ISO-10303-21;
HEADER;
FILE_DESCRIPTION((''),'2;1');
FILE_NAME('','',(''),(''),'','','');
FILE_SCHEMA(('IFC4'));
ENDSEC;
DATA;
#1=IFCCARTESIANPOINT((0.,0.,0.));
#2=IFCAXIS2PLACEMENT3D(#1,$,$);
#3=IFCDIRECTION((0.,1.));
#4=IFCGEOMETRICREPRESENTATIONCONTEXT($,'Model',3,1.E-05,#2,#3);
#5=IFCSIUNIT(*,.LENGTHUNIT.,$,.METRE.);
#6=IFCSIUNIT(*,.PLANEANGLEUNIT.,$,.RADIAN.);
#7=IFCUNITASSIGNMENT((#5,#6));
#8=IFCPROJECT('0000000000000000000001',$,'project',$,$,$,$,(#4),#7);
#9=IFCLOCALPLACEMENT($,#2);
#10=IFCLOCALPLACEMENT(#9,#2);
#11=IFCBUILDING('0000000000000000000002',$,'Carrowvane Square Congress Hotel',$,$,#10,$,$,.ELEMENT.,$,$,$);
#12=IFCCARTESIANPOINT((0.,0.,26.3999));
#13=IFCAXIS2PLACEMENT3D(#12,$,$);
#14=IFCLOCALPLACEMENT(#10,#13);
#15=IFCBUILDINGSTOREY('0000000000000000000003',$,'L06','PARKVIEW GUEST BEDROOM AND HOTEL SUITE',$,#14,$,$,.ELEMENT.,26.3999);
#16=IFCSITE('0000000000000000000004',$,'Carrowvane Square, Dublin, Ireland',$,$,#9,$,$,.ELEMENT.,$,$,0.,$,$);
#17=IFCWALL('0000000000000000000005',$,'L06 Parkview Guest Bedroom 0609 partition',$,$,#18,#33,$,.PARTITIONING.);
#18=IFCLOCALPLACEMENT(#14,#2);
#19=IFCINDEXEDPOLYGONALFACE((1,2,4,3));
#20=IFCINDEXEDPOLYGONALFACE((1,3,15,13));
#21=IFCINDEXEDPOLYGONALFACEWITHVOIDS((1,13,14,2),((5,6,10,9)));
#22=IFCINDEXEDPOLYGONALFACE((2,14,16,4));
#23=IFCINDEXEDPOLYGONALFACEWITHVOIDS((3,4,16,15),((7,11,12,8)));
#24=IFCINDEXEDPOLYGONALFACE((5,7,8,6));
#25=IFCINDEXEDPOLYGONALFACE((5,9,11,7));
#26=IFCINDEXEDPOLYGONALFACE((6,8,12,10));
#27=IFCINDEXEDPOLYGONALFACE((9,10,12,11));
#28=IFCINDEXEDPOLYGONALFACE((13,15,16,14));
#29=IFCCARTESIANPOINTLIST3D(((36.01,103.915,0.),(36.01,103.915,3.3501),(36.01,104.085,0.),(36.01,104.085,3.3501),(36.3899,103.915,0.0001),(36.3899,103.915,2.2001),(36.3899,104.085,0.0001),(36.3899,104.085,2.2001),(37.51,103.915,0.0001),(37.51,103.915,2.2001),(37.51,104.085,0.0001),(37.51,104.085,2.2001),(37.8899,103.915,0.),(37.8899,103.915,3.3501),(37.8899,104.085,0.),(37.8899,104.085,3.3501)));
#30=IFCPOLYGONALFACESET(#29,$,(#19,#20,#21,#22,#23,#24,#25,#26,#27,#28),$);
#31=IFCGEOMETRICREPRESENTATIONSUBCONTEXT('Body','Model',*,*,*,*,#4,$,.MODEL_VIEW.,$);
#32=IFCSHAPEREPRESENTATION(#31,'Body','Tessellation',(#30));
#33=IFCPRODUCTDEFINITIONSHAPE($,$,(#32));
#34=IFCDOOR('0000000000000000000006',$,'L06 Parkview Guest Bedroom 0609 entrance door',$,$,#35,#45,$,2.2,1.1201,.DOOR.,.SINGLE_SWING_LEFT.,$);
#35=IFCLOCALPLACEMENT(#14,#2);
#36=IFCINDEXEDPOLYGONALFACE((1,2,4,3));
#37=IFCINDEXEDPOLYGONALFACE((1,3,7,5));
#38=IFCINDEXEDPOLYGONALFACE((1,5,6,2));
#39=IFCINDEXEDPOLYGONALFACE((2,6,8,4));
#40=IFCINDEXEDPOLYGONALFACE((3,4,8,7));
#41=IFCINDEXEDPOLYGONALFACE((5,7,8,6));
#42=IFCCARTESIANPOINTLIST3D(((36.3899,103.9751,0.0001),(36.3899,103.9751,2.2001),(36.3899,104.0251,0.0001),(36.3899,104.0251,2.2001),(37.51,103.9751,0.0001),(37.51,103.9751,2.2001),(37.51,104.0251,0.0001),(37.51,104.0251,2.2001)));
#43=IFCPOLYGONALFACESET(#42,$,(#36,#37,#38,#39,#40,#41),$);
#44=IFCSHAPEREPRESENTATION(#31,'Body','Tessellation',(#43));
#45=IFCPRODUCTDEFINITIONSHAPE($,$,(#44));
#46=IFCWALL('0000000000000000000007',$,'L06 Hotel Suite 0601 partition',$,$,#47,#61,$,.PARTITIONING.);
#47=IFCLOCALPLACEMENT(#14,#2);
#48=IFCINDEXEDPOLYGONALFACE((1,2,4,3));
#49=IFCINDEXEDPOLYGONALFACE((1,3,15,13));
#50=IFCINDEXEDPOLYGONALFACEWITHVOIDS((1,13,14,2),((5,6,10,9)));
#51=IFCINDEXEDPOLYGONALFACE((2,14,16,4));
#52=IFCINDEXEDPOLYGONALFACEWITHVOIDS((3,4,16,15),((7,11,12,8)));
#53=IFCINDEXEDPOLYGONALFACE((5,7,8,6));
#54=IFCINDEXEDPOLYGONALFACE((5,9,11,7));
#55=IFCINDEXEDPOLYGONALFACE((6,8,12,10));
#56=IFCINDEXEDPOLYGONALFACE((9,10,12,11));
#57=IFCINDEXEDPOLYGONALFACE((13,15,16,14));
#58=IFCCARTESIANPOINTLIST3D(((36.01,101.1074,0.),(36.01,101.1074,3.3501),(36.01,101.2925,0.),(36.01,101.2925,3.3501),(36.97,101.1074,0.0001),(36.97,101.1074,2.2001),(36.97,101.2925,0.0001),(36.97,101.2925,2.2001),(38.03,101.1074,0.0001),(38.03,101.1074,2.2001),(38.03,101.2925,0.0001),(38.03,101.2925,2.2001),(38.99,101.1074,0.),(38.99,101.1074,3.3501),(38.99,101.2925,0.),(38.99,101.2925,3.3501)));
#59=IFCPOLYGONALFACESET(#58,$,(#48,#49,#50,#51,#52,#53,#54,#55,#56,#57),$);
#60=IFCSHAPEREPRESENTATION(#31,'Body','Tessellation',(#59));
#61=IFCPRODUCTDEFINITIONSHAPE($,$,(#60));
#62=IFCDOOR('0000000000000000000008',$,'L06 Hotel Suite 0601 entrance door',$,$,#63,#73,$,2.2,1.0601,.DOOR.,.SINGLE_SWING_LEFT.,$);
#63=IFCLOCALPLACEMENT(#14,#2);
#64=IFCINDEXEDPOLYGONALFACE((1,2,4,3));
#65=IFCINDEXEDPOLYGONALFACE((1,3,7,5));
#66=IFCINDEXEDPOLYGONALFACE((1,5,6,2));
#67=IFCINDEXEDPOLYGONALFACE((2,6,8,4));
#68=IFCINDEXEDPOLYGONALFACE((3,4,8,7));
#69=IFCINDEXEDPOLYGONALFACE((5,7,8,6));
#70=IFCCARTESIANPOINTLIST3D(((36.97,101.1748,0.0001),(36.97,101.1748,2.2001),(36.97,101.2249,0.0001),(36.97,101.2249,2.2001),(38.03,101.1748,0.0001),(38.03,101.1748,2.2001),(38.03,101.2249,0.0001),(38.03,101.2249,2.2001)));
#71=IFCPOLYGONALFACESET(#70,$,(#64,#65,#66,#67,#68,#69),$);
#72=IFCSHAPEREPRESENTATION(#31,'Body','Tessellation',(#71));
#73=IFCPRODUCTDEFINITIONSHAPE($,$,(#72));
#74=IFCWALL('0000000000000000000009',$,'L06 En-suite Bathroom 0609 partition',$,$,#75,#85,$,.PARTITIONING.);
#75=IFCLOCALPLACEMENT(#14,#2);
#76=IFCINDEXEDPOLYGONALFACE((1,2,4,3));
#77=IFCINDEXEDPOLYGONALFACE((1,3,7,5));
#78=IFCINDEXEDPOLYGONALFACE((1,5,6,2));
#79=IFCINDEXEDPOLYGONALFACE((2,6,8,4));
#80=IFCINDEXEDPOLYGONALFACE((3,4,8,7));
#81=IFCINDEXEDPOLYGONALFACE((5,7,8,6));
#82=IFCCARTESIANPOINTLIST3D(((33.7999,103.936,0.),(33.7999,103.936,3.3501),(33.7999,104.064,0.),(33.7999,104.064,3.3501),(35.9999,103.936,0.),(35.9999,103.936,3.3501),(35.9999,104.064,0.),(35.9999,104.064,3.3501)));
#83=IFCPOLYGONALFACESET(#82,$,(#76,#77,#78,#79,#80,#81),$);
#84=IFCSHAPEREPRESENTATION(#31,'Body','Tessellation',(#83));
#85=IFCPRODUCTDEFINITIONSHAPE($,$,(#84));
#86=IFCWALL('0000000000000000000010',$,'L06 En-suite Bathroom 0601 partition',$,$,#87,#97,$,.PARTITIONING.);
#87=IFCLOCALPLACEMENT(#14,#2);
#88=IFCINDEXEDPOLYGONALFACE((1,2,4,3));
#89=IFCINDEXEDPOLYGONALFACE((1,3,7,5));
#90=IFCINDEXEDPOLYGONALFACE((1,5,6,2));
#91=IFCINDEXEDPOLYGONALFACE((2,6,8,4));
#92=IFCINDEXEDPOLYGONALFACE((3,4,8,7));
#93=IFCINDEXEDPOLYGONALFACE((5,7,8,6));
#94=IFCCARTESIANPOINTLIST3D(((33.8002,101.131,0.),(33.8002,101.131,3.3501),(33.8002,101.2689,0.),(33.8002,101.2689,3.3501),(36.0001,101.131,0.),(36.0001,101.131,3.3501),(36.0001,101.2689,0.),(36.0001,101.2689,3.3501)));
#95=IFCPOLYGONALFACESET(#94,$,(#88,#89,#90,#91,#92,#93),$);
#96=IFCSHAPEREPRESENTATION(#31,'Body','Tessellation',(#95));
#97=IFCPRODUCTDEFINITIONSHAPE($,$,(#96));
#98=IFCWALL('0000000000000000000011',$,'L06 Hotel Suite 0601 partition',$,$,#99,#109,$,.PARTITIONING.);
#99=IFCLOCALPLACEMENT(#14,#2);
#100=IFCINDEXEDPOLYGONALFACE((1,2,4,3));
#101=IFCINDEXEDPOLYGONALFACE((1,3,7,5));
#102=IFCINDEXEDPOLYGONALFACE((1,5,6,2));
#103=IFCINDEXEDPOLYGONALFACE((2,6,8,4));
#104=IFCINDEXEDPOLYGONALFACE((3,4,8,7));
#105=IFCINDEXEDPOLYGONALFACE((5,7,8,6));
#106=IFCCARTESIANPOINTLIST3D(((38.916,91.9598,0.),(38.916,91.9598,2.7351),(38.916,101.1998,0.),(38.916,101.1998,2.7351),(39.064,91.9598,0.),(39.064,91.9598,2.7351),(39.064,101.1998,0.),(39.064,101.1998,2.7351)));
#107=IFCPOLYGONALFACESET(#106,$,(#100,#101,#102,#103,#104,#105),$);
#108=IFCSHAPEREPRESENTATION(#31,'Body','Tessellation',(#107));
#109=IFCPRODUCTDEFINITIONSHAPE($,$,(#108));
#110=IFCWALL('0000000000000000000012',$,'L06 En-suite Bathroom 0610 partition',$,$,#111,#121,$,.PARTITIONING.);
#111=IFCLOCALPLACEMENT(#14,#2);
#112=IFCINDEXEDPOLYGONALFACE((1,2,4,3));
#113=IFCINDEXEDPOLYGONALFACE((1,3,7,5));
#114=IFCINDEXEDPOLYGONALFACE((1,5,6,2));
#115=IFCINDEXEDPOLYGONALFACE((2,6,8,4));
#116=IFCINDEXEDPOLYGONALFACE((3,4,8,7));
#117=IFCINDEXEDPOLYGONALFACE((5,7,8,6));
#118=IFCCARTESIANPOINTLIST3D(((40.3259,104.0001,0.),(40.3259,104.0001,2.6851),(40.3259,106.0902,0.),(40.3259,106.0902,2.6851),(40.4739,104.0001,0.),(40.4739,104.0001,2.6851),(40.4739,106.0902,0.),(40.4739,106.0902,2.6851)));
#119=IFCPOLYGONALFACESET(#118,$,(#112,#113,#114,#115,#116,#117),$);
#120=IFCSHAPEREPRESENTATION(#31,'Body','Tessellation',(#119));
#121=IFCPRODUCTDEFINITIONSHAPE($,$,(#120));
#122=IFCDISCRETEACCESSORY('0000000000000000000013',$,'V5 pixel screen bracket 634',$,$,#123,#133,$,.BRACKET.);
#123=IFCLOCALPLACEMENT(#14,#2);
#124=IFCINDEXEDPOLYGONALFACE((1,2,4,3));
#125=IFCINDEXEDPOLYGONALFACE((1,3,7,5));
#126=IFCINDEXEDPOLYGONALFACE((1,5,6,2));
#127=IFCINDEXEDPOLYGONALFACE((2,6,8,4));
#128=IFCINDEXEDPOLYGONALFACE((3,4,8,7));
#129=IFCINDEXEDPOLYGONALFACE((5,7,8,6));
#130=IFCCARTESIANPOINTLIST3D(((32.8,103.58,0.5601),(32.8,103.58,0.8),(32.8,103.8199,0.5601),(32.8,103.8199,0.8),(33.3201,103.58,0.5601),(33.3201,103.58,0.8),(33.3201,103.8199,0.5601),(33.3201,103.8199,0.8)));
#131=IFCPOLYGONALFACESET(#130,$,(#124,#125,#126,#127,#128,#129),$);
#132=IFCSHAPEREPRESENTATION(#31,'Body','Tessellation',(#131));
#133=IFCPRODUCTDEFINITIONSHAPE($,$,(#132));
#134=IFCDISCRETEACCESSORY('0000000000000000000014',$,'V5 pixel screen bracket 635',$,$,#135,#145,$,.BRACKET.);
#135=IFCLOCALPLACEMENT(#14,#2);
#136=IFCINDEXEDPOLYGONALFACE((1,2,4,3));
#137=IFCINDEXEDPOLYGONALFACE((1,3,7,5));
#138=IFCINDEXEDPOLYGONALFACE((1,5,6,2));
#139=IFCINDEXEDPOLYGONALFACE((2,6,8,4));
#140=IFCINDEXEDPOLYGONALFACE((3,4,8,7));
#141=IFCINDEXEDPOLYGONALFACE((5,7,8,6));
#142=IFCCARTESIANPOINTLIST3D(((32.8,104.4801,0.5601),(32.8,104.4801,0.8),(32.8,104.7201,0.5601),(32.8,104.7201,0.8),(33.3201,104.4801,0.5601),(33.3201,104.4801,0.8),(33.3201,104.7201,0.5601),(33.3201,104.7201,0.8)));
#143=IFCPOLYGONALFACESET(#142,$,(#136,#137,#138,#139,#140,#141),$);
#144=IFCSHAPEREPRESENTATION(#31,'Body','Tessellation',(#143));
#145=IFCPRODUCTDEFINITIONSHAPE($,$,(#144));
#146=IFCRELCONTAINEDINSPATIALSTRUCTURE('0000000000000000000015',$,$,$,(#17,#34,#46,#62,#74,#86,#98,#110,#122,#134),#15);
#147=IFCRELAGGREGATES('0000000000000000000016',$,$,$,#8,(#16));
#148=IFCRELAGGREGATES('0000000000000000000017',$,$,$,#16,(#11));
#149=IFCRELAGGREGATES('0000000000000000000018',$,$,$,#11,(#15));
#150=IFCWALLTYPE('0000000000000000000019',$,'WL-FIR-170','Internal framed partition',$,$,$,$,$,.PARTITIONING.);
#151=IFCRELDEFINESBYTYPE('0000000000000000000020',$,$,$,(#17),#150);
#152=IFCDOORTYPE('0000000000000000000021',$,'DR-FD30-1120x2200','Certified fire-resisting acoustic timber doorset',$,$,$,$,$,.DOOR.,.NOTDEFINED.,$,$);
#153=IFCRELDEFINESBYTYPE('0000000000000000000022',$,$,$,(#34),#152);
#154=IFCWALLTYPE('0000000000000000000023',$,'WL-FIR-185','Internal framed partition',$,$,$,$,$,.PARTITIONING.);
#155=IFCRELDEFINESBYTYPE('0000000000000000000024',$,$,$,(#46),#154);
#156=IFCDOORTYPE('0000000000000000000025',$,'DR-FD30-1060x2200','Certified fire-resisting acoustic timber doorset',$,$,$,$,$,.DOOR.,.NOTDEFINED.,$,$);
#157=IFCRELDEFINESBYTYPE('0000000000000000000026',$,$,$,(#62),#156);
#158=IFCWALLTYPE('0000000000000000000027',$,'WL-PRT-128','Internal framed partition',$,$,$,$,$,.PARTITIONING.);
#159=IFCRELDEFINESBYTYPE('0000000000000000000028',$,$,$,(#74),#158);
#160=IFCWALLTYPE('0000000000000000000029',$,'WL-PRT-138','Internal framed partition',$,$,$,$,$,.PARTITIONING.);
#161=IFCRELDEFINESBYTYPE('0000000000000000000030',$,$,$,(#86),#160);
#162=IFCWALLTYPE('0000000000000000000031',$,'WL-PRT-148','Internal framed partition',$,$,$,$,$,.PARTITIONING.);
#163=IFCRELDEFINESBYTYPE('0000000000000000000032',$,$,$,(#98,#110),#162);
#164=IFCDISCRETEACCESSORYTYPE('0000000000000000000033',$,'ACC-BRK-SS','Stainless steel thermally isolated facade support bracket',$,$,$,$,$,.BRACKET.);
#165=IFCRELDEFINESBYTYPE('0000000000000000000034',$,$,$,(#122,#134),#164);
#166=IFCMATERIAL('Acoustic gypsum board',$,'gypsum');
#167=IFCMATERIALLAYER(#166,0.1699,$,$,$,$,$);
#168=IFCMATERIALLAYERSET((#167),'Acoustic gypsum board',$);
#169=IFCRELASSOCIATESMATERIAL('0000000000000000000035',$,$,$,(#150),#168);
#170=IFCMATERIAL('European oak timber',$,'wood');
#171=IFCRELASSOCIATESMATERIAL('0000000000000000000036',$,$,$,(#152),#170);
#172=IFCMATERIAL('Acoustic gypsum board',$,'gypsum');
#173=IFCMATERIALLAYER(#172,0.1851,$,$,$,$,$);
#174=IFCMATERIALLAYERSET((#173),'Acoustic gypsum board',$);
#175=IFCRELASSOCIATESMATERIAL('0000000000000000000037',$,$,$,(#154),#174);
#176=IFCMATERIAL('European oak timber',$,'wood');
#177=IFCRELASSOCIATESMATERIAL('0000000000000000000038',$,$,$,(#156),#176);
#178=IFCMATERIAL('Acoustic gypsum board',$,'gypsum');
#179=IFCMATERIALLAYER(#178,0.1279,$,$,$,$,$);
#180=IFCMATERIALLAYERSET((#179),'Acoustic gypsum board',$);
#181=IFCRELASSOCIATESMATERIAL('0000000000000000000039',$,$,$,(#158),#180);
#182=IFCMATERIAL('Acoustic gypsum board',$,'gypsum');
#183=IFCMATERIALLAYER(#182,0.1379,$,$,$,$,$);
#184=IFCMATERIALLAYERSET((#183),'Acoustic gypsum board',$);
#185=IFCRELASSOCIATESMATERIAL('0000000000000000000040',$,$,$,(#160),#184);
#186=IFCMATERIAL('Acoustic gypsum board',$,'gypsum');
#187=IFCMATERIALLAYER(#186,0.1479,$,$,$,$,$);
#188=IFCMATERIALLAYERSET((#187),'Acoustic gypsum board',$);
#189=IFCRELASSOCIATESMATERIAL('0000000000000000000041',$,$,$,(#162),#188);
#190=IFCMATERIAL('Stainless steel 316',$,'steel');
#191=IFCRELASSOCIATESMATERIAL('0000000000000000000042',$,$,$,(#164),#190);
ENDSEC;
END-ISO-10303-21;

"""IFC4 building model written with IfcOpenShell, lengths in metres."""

from ifc_helpers import new_model, si_unit, direction, frame, frame_2d, origin, origin_2d, place, context, subcontext, project, spatial, rectangle, extrude, material, layer, layer_set, type_object, element, fill, save


model = new_model("IFC4")

# Units and contexts
model_context = context("Model", 3, precision=1e-05, world=origin(), true_north=direction((0.0, 1.0)))
body_context = subcontext(model_context, "Body", "Model", "MODEL_VIEW")
ifc_project = project(units=[si_unit("LENGTHUNIT", "METRE"), si_unit("PLANEANGLEUNIT", "RADIAN")], contexts=[model_context])

# Site, building, storey
site_placement = place(None, origin())
site = spatial("IfcSite", under=ifc_project, at=site_placement, Name="Carrowvane Square, Dublin, Ireland", CompositionType="ELEMENT", RefElevation=0.0)
building_placement = place(site_placement, origin())
building = spatial("IfcBuilding", under=site, at=building_placement, Name="Carrowvane Square Congress Hotel", CompositionType="ELEMENT")
storey_placement = place(building_placement, frame((0.0, 0.0, 26.3999)))
storey = spatial("IfcBuildingStorey", under=building, at=storey_placement, Name="L06", Description="PARKVIEW GUEST BEDROOM AND HOTEL SUITE", CompositionType="ELEMENT", Elevation=26.3999)

# Walls, openings, doors
ifc_material_1 = material(Name="Acoustic gypsum board", Category="gypsum")
ifc_layer_1 = layer(ifc_material_1, 0.1699)
ifc_layer_set_1 = layer_set([ifc_layer_1], Name="Acoustic gypsum board")
wall_type_1 = type_object("IfcWallType", Name="WL-FIR-170", Description="Internal framed partition", PredefinedType="PARTITIONING", material=ifc_layer_set_1)
wall_1_placement = place(storey_placement, frame((37.8899, 104.0, 0.0), z_axis=(0.0, 0.0, 1.0), x_axis=(-1.0, 0.0, 0.0)))
wall_1 = element("IfcWall", 1, at=wall_1_placement, inside=storey, type_object=wall_type_1, Name="L06 Parkview Guest Bedroom 0609 partition", PredefinedType="PARTITIONING", context=body_context, shape_type="SweptSolid", body=[
    extrude(rectangle(XDim=1.8799, YDim=0.1699, at=frame_2d((0.9399, 0.0))), origin(), (0.0, 0.0, 1.0), 3.3501),
])
opening_1_placement = place(wall_1_placement, frame((0.3799, 0.0, 0.0)))
opening_1 = element("IfcOpeningElement", 2, at=opening_1_placement, cuts=wall_1, PredefinedType="OPENING", context=body_context, shape_type="SweptSolid", body=[
    extrude(rectangle(XDim=1.1201, YDim=2.2, at=frame_2d((0.5601, 1.1001))), frame((0.0, 0.095, 0.0), z_axis=(0.0, -1.0, 0.0), x_axis=(1.0, 0.0, 0.0)), (0.0, 0.0, 1.0), 0.1899),
])
ifc_material_2 = material(Name="European oak timber", Category="wood")
door_type_1 = type_object("IfcDoorType", Name="DR-FD30-1120x2200", Description="Certified fire-resisting acoustic timber doorset", OperationType="NOTDEFINED", PredefinedType="DOOR", material=ifc_material_2)
door_1_placement = place(opening_1_placement, origin())
door_1 = element("IfcDoor", 3, at=door_1_placement, inside=storey, type_object=door_type_1, Name="L06 Parkview Guest Bedroom 0609 entrance door", OperationType="SINGLE_SWING_LEFT", OverallHeight=2.2, OverallWidth=1.1201, PredefinedType="DOOR", context=body_context, shape_type="SweptSolid", body=[
    extrude(rectangle(XDim=1.1201, YDim=2.2, at=frame_2d((0.5601, 1.1001))), frame((0.0, 0.0249, 0.0), z_axis=(0.0, -1.0, 0.0), x_axis=(1.0, 0.0, 0.0)), (0.0, 0.0, 1.0), 0.05),
])
fill(opening_1, door_1)
ifc_material_3 = material(Name="Acoustic gypsum board", Category="gypsum")
ifc_layer_2 = layer(ifc_material_3, 0.1851)
ifc_layer_set_2 = layer_set([ifc_layer_2], Name="Acoustic gypsum board")
wall_type_2 = type_object("IfcWallType", Name="WL-FIR-185", Description="Internal framed partition", PredefinedType="PARTITIONING", material=ifc_layer_set_2)
wall_2_placement = place(storey_placement, frame((36.01, 101.2, 0.0), z_axis=(0.0, 0.0, 1.0), x_axis=(1.0, 0.0, 0.0)))
wall_2 = element("IfcWall", 4, at=wall_2_placement, inside=storey, type_object=wall_type_2, Name="L06 Hotel Suite 0601 partition", PredefinedType="PARTITIONING", context=body_context, shape_type="SweptSolid", body=[
    extrude(rectangle(XDim=2.98, YDim=0.1851, at=frame_2d((1.49, 0.0))), origin(), (0.0, 0.0, 1.0), 3.3501),
])
opening_2_placement = place(wall_2_placement, frame((0.96, 0.0, 0.0)))
opening_2 = element("IfcOpeningElement", 5, at=opening_2_placement, cuts=wall_2, PredefinedType="OPENING", context=body_context, shape_type="SweptSolid", body=[
    extrude(rectangle(XDim=1.0601, YDim=2.2, at=frame_2d((0.53, 1.1001))), frame((0.0, 0.1025, 0.0), z_axis=(0.0, -1.0, 0.0), x_axis=(1.0, 0.0, 0.0)), (0.0, 0.0, 1.0), 0.2051),
])
ifc_material_4 = material(Name="European oak timber", Category="wood")
door_type_2 = type_object("IfcDoorType", Name="DR-FD30-1060x2200", Description="Certified fire-resisting acoustic timber doorset", OperationType="NOTDEFINED", PredefinedType="DOOR", material=ifc_material_4)
door_2_placement = place(opening_2_placement, origin())
door_2 = element("IfcDoor", 6, at=door_2_placement, inside=storey, type_object=door_type_2, Name="L06 Hotel Suite 0601 entrance door", OperationType="SINGLE_SWING_LEFT", OverallHeight=2.2, OverallWidth=1.0601, PredefinedType="DOOR", context=body_context, shape_type="SweptSolid", body=[
    extrude(rectangle(XDim=1.0601, YDim=2.2, at=frame_2d((0.53, 1.1001))), frame((0.0, 0.0249, 0.0), z_axis=(0.0, -1.0, 0.0), x_axis=(1.0, 0.0, 0.0)), (0.0, 0.0, 1.0), 0.05),
])
fill(opening_2, door_2)
ifc_material_5 = material(Name="Acoustic gypsum board", Category="gypsum")
ifc_layer_3 = layer(ifc_material_5, 0.1279)
ifc_layer_set_3 = layer_set([ifc_layer_3], Name="Acoustic gypsum board")
wall_type_3 = type_object("IfcWallType", Name="WL-PRT-128", Description="Internal framed partition", PredefinedType="PARTITIONING", material=ifc_layer_set_3)

# Walls
wall_3_placement = place(storey_placement, frame((36.0, 104.0, 0.0), z_axis=(0.0, 0.0, 1.0), x_axis=(-1.0, 0.0, 0.0)))
element("IfcWall", 7, at=wall_3_placement, inside=storey, type_object=wall_type_3, Name="L06 En-suite Bathroom 0609 partition", PredefinedType="PARTITIONING", context=body_context, shape_type="SweptSolid", body=[
    extrude(rectangle(XDim=2.2, YDim=0.1279, at=frame_2d((1.1001, 0.0))), origin(), (0.0, 0.0, 1.0), 3.3501),
])
ifc_material_6 = material(Name="Acoustic gypsum board", Category="gypsum")
ifc_layer_4 = layer(ifc_material_6, 0.1379)
ifc_layer_set_4 = layer_set([ifc_layer_4], Name="Acoustic gypsum board")
wall_type_4 = type_object("IfcWallType", Name="WL-PRT-138", Description="Internal framed partition", PredefinedType="PARTITIONING", material=ifc_layer_set_4)
wall_4_placement = place(storey_placement, frame((33.8, 101.2, 0.0), z_axis=(0.0, 0.0, 1.0), x_axis=(1.0, 0.0, 0.0)))
element("IfcWall", 8, at=wall_4_placement, inside=storey, type_object=wall_type_4, Name="L06 En-suite Bathroom 0601 partition", PredefinedType="PARTITIONING", context=body_context, shape_type="SweptSolid", body=[
    extrude(rectangle(XDim=2.2, YDim=0.1379, at=frame_2d((1.1001, 0.0))), origin(), (0.0, 0.0, 1.0), 3.3501),
])

# Walls
ifc_material_7 = material(Name="Acoustic gypsum board", Category="gypsum")
ifc_layer_5 = layer(ifc_material_7, 0.1479)
ifc_layer_set_5 = layer_set([ifc_layer_5], Name="Acoustic gypsum board")
wall_type_5 = type_object("IfcWallType", Name="WL-PRT-148", Description="Internal framed partition", PredefinedType="PARTITIONING", material=ifc_layer_set_5)
wall_5_placement = place(storey_placement, frame((38.99, 101.2, 0.0), z_axis=(0.0, 0.0, 1.0), x_axis=(0.0, -1.0, 0.0)))
element("IfcWall", 9, at=wall_5_placement, inside=storey, type_object=wall_type_5, Name="L06 Hotel Suite 0601 partition", PredefinedType="PARTITIONING", context=body_context, shape_type="SweptSolid", body=[
    extrude(rectangle(XDim=9.24, YDim=0.1479, at=frame_2d((4.6201, 0.0))), origin(), (0.0, 0.0, 1.0), 2.7351),
])
wall_6_placement = place(storey_placement, frame((40.3999, 106.0901, 0.0), z_axis=(0.0, 0.0, 1.0), x_axis=(0.0, -1.0, 0.0)))
element("IfcWall", 10, at=wall_6_placement, inside=storey, type_object=wall_type_5, Name="L06 En-suite Bathroom 0610 partition", PredefinedType="PARTITIONING", context=body_context, shape_type="SweptSolid", body=[
    extrude(rectangle(XDim=2.0901, YDim=0.1479, at=frame_2d((1.0449, 0.0))), origin(), (0.0, 0.0, 1.0), 2.6851),
])

# Discrete accessories
ifc_material_8 = material(Name="Stainless steel 316", Category="steel")
discrete_accessory_type = type_object("IfcDiscreteAccessoryType", Name="ACC-BRK-SS", Description="Stainless steel thermally isolated facade support bracket", PredefinedType="BRACKET", material=ifc_material_8)
for number, where, z_axis, x_axis, name in (
    (11, (33.0601, 103.7, 0.5601), (0.0, 0.0, 1.0), (0.0, 1.0, 0.0), "V5 pixel screen bracket 634"),
    (12, (33.0601, 104.6001, 0.5601), (0.0, 0.0, 1.0), (0.0, 1.0, 0.0), "V5 pixel screen bracket 635"),
):
    element("IfcDiscreteAccessory", number, at=place(storey_placement, frame(where, z_axis=z_axis, x_axis=x_axis)), inside=storey, type_object=discrete_accessory_type, Name=name, PredefinedType="BRACKET", context=body_context, shape_type="SweptSolid", body=[
        extrude(rectangle(XDim=0.24, YDim=0.52, at=origin_2d()), origin(), (0.0, 0.0, 1.0), 0.24),
    ])

save(model, "model.ifc")
